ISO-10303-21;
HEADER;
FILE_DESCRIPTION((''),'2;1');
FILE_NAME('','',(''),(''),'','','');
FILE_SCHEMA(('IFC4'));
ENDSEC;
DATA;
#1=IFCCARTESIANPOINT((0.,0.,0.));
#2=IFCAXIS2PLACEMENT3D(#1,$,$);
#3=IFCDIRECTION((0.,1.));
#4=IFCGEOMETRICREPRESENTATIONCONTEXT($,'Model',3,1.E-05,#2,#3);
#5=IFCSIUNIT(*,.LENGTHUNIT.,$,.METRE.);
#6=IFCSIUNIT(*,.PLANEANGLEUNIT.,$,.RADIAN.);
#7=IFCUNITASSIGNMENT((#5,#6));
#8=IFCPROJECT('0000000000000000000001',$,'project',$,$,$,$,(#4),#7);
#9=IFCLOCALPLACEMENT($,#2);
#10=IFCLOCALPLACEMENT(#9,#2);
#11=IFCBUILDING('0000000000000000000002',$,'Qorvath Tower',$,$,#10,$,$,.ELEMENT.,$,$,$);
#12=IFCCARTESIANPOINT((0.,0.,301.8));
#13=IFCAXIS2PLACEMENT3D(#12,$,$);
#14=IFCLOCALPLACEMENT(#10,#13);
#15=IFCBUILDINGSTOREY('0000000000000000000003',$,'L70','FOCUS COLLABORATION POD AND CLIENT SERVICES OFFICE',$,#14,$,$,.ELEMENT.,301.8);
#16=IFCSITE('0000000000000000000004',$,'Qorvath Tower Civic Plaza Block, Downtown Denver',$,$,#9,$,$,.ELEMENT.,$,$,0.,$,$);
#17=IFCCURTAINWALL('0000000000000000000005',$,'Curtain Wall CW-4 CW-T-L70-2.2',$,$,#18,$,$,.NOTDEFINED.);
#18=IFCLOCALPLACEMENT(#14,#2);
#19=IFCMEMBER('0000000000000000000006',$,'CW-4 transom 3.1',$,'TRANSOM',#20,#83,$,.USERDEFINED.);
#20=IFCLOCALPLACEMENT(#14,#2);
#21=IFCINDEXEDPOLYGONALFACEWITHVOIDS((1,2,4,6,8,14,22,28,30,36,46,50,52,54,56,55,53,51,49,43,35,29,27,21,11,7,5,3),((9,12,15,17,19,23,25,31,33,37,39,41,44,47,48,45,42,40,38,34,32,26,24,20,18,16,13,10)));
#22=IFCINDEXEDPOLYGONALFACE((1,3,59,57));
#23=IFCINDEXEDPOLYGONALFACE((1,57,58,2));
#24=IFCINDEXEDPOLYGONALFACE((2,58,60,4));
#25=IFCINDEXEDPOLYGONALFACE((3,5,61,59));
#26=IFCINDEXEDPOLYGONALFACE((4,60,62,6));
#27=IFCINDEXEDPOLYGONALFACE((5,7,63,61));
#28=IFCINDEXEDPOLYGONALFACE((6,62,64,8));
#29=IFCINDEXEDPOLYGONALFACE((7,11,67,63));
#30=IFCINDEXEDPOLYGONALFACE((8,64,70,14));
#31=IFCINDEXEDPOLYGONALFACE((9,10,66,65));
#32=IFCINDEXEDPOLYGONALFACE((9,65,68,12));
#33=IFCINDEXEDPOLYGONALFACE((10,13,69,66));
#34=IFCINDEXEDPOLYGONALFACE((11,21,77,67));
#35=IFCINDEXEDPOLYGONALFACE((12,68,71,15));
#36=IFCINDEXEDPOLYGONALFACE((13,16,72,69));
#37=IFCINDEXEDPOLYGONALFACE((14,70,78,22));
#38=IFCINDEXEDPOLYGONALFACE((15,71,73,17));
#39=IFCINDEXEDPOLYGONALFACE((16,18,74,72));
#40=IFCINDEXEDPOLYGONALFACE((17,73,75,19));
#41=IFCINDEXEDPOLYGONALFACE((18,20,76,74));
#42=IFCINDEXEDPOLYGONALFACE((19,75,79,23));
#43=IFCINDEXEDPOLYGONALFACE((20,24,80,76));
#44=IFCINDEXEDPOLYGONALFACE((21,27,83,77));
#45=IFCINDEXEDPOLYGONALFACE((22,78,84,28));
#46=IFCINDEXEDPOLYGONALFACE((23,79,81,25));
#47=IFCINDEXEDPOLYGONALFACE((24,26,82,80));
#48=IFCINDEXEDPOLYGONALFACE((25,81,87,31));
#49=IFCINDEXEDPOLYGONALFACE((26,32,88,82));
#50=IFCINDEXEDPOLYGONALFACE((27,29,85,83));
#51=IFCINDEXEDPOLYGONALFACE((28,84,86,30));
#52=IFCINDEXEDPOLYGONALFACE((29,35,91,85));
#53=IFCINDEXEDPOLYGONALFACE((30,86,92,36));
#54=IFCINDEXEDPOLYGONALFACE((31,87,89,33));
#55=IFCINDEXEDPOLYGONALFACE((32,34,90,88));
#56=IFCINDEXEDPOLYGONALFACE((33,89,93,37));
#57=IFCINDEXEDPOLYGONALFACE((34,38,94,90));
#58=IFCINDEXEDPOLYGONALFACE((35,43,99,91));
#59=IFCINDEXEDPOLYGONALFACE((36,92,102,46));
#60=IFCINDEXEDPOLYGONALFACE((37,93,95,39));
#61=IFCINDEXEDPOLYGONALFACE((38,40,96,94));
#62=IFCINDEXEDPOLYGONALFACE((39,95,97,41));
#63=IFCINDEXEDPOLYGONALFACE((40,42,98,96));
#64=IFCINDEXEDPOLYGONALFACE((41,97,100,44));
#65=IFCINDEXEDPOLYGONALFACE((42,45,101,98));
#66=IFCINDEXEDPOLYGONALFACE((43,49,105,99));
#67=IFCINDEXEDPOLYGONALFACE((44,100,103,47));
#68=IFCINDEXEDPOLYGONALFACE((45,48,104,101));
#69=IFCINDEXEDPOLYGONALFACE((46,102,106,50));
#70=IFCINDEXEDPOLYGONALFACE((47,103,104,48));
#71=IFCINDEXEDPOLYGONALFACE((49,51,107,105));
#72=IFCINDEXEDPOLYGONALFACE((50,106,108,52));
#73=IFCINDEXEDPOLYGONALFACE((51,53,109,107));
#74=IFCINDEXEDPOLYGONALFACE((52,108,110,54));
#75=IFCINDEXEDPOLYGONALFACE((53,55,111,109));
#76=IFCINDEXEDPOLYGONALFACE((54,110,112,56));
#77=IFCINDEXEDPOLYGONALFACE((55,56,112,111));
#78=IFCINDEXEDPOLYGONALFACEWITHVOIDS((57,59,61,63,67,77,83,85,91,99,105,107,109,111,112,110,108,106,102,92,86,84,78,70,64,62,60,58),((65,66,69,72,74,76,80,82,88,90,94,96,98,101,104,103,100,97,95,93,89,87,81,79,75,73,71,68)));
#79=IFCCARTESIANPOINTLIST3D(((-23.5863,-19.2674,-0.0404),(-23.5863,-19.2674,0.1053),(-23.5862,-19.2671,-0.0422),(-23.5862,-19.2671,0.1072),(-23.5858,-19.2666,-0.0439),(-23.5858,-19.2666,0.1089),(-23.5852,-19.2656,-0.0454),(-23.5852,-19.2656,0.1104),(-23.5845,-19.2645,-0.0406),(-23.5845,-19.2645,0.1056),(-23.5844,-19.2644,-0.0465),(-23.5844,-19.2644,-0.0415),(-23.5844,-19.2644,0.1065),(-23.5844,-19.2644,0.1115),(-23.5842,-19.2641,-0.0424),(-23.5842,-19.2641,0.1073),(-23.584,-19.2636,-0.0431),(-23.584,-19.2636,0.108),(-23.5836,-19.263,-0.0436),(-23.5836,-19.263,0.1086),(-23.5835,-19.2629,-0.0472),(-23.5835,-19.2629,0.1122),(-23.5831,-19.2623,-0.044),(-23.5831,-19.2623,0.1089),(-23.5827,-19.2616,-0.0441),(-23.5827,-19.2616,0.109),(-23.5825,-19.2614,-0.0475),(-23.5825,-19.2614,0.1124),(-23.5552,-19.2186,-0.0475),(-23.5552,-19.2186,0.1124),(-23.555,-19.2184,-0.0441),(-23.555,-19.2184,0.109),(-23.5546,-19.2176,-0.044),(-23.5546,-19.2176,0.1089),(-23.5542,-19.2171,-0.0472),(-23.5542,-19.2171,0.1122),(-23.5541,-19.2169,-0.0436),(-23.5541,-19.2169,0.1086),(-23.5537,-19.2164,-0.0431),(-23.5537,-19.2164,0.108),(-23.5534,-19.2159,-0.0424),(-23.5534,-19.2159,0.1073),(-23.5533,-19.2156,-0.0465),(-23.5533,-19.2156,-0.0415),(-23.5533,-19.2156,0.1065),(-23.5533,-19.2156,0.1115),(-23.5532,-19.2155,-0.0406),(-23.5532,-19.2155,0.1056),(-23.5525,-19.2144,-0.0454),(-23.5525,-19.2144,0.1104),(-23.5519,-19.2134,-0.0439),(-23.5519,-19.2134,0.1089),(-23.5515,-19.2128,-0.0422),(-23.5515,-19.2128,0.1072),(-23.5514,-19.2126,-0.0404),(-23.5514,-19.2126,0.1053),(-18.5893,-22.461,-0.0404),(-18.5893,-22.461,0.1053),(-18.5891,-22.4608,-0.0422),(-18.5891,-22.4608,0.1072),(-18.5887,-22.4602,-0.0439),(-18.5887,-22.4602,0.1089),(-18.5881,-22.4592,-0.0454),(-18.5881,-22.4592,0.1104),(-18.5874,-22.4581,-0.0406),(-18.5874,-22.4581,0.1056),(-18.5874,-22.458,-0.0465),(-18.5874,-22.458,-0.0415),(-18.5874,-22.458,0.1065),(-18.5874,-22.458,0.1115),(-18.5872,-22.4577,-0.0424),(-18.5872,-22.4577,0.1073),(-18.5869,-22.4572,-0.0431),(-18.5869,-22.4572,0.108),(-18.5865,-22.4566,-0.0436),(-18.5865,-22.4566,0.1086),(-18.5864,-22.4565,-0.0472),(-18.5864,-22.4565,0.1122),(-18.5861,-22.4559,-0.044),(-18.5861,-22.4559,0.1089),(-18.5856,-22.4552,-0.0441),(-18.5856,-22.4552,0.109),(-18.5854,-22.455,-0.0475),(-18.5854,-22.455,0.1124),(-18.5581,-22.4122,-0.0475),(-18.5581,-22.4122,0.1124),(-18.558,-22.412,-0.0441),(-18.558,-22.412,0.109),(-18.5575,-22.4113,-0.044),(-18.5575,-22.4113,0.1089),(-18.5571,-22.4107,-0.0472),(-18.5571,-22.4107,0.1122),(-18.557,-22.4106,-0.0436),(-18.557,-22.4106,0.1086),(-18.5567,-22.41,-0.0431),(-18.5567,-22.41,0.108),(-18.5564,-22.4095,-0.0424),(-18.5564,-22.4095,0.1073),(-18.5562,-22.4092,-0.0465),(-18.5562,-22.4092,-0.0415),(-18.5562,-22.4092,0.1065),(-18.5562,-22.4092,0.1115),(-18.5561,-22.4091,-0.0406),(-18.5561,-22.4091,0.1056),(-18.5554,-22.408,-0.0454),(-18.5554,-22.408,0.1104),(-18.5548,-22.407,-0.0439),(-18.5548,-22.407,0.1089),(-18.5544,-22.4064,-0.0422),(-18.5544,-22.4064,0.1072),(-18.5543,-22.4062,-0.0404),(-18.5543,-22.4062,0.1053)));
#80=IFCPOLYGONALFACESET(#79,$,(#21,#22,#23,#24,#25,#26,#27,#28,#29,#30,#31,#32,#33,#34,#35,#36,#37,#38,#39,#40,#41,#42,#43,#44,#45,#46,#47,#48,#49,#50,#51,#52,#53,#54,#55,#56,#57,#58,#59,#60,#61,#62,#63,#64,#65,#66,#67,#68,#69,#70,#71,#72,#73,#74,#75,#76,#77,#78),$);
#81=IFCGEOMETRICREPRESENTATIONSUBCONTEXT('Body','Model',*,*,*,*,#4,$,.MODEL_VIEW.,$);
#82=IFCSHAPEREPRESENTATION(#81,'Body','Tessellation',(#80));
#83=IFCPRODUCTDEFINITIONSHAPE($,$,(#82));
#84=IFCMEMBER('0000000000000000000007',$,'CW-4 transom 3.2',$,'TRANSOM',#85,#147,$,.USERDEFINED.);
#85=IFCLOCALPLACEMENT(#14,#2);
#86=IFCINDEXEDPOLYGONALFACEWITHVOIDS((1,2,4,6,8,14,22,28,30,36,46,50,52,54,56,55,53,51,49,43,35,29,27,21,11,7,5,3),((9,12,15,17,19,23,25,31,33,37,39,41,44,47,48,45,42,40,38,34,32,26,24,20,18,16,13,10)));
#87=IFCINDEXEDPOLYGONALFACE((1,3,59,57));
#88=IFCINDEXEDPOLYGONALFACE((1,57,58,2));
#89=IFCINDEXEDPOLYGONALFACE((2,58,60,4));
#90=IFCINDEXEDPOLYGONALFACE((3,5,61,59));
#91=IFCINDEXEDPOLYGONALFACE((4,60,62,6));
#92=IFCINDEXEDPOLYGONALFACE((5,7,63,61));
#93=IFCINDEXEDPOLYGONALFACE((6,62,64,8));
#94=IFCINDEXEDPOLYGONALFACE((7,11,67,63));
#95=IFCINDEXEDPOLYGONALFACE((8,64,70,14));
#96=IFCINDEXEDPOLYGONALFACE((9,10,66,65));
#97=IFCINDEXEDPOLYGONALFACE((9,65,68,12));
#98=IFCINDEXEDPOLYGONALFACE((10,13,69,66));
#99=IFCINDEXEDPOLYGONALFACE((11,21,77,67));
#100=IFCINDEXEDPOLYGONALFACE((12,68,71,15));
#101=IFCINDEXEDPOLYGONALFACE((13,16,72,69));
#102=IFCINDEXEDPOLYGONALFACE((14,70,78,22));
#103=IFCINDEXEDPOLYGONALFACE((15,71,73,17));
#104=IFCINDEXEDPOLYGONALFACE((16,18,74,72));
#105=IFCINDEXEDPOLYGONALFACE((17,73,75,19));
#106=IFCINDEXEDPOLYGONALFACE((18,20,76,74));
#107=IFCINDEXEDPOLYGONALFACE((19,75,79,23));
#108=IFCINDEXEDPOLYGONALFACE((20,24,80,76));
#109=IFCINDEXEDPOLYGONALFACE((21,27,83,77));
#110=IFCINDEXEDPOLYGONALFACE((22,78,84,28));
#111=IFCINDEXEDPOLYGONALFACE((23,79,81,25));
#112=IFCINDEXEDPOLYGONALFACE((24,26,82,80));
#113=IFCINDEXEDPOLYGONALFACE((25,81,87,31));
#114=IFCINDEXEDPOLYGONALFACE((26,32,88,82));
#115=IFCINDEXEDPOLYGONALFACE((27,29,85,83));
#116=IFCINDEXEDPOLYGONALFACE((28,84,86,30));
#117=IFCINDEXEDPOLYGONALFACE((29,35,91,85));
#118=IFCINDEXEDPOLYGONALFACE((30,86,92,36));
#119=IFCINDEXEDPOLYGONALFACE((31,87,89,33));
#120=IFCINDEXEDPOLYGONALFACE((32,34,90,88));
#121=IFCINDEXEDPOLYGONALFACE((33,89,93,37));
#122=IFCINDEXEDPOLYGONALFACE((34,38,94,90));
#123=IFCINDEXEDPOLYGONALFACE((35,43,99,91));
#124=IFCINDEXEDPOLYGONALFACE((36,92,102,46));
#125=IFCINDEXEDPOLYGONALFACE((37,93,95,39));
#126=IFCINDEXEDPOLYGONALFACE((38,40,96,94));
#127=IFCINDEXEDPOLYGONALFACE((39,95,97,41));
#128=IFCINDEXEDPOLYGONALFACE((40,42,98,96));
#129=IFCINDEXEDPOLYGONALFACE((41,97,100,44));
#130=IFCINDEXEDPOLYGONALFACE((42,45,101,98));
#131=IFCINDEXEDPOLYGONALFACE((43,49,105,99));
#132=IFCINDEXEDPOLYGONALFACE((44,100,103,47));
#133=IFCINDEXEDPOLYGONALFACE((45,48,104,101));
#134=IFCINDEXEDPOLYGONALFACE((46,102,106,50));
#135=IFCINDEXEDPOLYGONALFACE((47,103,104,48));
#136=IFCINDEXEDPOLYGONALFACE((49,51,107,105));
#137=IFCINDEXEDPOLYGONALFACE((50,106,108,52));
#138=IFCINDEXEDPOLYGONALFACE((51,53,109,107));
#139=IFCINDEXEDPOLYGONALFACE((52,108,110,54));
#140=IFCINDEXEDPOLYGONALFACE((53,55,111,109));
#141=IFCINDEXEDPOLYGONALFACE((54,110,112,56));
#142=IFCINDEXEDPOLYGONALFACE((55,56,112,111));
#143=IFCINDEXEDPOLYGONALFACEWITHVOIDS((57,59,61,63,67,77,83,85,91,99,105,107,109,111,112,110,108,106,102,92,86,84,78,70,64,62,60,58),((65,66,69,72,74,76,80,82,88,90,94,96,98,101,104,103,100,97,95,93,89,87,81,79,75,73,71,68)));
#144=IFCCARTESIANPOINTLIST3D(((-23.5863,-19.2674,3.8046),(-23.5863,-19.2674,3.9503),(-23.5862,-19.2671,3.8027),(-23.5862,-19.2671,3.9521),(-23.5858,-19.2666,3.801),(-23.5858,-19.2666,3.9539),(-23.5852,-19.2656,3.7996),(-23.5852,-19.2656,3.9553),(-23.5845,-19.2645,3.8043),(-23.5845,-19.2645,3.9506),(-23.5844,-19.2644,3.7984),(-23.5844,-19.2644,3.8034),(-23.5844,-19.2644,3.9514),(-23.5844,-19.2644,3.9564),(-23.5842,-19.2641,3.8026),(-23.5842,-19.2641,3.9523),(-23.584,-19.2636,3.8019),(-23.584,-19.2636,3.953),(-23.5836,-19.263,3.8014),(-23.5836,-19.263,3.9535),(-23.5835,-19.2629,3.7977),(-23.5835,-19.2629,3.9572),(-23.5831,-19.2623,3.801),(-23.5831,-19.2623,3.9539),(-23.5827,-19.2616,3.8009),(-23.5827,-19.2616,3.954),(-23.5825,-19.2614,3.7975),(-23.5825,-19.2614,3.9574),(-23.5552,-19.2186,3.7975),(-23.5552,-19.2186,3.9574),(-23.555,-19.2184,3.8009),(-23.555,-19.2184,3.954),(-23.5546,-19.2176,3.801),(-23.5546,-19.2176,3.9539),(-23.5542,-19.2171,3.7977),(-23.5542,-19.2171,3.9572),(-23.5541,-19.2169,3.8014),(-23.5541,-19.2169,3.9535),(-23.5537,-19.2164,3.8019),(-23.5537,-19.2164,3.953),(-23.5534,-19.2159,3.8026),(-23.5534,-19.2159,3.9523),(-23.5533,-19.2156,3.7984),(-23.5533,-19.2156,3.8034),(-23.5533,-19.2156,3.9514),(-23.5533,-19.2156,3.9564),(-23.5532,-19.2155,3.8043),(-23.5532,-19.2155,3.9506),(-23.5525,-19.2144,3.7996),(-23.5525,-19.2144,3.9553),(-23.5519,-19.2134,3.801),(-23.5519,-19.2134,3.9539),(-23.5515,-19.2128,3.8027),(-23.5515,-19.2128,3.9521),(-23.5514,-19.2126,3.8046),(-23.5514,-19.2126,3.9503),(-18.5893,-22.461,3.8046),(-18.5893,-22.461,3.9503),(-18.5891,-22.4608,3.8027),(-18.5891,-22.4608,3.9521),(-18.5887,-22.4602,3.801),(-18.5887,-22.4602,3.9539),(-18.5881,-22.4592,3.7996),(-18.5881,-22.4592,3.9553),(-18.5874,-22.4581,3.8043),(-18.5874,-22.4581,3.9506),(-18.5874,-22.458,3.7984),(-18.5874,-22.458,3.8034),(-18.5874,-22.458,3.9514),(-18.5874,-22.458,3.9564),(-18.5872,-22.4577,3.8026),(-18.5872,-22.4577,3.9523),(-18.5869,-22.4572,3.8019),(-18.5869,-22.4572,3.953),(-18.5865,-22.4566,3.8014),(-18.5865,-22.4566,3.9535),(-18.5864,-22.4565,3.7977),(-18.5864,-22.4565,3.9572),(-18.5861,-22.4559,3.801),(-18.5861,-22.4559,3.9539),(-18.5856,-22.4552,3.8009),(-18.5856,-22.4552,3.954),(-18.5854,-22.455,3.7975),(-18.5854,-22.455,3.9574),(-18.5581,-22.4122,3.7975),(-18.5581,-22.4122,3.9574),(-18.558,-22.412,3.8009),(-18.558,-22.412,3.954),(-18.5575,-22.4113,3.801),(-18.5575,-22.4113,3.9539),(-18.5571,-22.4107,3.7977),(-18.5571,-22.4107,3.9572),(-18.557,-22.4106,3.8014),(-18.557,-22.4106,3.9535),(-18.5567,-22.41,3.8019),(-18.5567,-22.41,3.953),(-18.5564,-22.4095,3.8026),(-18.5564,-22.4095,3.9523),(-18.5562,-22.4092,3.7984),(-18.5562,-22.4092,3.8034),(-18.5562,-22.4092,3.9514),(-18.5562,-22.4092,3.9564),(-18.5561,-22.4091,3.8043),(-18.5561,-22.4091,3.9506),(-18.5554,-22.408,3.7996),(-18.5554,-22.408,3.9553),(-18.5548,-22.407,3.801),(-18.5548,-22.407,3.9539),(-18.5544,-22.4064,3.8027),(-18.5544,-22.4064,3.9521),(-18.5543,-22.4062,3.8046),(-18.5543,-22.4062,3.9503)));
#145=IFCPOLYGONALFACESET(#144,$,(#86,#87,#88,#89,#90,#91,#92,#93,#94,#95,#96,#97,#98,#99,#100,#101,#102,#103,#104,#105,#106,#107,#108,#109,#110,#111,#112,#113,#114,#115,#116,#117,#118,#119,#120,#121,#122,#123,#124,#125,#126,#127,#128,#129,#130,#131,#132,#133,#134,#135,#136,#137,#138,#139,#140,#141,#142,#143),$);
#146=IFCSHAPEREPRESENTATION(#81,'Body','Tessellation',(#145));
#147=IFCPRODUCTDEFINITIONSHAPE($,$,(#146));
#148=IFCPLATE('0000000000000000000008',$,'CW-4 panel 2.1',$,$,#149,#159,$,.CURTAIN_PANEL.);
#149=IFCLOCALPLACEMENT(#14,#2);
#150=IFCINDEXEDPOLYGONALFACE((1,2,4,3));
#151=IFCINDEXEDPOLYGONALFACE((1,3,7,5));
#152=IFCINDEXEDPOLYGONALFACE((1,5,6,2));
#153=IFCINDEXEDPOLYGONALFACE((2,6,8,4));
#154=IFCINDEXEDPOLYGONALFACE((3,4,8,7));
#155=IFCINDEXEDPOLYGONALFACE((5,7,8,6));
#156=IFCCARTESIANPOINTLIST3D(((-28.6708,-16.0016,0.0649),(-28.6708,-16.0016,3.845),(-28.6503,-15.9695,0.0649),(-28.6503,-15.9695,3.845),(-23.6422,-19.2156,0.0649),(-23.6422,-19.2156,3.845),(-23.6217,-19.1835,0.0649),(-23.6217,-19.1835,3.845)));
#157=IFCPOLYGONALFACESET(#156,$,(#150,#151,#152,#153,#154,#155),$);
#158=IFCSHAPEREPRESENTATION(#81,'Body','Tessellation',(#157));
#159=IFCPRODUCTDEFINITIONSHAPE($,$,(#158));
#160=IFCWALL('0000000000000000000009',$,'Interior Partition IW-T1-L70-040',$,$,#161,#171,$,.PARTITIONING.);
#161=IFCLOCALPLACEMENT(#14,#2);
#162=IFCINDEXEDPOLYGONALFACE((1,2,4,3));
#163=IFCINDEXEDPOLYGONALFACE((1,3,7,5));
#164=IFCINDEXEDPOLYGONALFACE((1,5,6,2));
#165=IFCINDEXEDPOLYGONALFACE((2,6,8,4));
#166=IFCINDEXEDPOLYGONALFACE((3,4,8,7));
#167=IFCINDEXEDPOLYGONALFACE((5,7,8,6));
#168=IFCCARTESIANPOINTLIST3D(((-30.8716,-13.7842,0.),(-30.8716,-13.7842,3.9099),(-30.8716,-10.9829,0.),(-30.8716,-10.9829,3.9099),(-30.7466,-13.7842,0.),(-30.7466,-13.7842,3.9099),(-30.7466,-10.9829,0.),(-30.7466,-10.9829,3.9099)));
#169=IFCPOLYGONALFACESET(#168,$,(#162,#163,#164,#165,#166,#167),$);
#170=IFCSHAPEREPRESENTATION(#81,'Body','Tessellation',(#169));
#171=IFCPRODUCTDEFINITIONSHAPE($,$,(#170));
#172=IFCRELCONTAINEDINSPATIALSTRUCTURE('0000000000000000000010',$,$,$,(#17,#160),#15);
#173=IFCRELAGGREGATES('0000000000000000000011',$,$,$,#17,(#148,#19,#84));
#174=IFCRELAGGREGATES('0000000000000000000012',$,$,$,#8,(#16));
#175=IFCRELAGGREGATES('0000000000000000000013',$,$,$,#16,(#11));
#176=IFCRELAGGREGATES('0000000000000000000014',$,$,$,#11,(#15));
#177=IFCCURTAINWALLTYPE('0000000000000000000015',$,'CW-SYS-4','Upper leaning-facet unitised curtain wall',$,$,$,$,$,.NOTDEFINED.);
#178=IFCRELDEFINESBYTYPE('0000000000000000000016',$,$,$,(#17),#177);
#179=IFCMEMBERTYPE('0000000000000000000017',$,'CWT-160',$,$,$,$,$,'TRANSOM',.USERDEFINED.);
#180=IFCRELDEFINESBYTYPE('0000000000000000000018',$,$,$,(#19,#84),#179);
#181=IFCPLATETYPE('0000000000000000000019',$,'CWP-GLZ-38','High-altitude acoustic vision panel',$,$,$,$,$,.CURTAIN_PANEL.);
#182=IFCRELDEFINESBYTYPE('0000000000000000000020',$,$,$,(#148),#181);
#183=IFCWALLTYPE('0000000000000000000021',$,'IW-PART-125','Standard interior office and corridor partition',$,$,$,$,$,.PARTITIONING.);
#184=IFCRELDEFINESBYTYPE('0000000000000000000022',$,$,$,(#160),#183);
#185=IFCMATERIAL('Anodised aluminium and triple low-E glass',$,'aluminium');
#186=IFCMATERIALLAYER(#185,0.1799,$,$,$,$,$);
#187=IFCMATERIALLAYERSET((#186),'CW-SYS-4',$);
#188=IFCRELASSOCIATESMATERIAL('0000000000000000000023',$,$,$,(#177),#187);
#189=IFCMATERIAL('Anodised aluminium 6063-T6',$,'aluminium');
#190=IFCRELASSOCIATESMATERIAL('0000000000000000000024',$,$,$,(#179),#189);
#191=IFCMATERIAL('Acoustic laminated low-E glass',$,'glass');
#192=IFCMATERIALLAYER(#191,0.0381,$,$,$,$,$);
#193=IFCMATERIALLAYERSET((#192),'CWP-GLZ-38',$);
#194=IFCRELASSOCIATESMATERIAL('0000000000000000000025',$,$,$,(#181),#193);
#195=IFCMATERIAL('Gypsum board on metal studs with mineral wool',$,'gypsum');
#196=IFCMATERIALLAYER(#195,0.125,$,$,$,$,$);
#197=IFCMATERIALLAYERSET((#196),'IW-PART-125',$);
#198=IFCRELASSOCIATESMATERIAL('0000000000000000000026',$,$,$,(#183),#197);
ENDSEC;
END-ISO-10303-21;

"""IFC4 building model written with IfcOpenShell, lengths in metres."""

from ifc_helpers import new_model, si_unit, direction, frame, frame_2d, origin, origin_2d, place, context, subcontext, project, spatial, rectangle, hollow_rectangle, extrude, material, layer, layer_set, material_profile, profile_set, type_object, element, aggregate, save


model = new_model("IFC4")

# Units and contexts
model_context = context("Model", 3, precision=1e-05, world=origin(), true_north=direction((0.0, 1.0)))
body_context = subcontext(model_context, "Body", "Model", "MODEL_VIEW")
ifc_project = project(units=[si_unit("LENGTHUNIT", "METRE"), si_unit("PLANEANGLEUNIT", "RADIAN")], contexts=[model_context])

# Site, building, storey
site_placement = place(None, origin())
site = spatial("IfcSite", under=ifc_project, at=site_placement, Name="Qorvath Tower Civic Plaza Block, Downtown Denver", CompositionType="ELEMENT", RefElevation=0.0)
building_placement = place(site_placement, origin())
building = spatial("IfcBuilding", under=site, at=building_placement, Name="Qorvath Tower", CompositionType="ELEMENT")
storey_placement = place(building_placement, frame((0.0, 0.0, 301.8)))
storey = spatial("IfcBuildingStorey", under=building, at=storey_placement, Name="L70", Description="FOCUS COLLABORATION POD AND CLIENT SERVICES OFFICE", CompositionType="ELEMENT", Elevation=301.8)

# Curtain wall, members, plate
ifc_material_1 = material(Name="Anodised aluminium and triple low-E glass", Category="aluminium")
ifc_layer_1 = layer(ifc_material_1, 0.1799)
ifc_layer_set_1 = layer_set([ifc_layer_1], Name="CW-SYS-4")
curtain_wall_type = type_object("IfcCurtainWallType", Name="CW-SYS-4", Description="Upper leaning-facet unitised curtain wall", PredefinedType="NOTDEFINED", material=ifc_layer_set_1)
curtain_wall_placement = place(storey_placement, origin())
curtain_wall = element("IfcCurtainWall", 1, at=curtain_wall_placement, inside=storey, type_object=curtain_wall_type, Name="Curtain Wall CW-4 CW-T-L70-2.2", PredefinedType="NOTDEFINED")
ifc_material_2 = material(Name="Anodised aluminium 6063-T6", Category="aluminium")
ifc_material_profile_1 = material_profile(ifc_material_2, hollow_rectangle(XDim=0.0649, YDim=0.1599, WallThickness=0.0034, InnerFilletRadius=0.0034, OuterFilletRadius=0.0071, at=origin_2d()), Name="CWT 160x65")
ifc_profile_set_1 = profile_set([ifc_material_profile_1], Name="Anodised aluminium 6063-T6")
member_type_1 = type_object("IfcMemberType", Name="CWT-160", ElementType="TRANSOM", PredefinedType="USERDEFINED", material=ifc_profile_set_1)
member_1_placement = place(storey_placement, frame((-23.5688, -19.24, 0.0325), z_axis=(0.842617, -0.538513, 0.0), x_axis=(0.538513, 0.842617, 0.0)))
member_1 = element("IfcMember", 2, at=member_1_placement, type_object=member_type_1, Name="CW-4 transom 3.1", ObjectType="TRANSOM", PredefinedType="USERDEFINED", context=body_context, shape_type="SweptSolid", body=[
    extrude(hollow_rectangle(XDim=0.0649, YDim=0.1599, WallThickness=0.0034, InnerFilletRadius=0.0034, OuterFilletRadius=0.0071, at=origin_2d()), origin(), (0.0, 0.0, 1.0), 5.9304),
])
member_2_placement = place(storey_placement, frame((-23.5688, -19.24, 3.8774), z_axis=(0.842617, -0.538513, 0.0), x_axis=(0.538513, 0.842617, 0.0)))
member_2 = element("IfcMember", 3, at=member_2_placement, type_object=member_type_1, Name="CW-4 transom 3.2", ObjectType="TRANSOM", PredefinedType="USERDEFINED", context=body_context, shape_type="SweptSolid", body=[
    extrude(hollow_rectangle(XDim=0.0649, YDim=0.1599, WallThickness=0.0034, InnerFilletRadius=0.0034, OuterFilletRadius=0.0071, at=origin_2d()), origin(), (0.0, 0.0, 1.0), 5.9304),
])
ifc_material_3 = material(Name="Acoustic laminated low-E glass", Category="glass")
ifc_layer_2 = layer(ifc_material_3, 0.0381)
ifc_layer_set_2 = layer_set([ifc_layer_2], Name="CWP-GLZ-38")
plate_type = type_object("IfcPlateType", Name="CWP-GLZ-38", Description="High-altitude acoustic vision panel", PredefinedType="CURTAIN_PANEL", material=ifc_layer_set_2)
plate_placement = place(storey_placement, frame((-26.1462, -17.5925, 0.0649), z_axis=(0.0, 0.0, 1.0), x_axis=(0.842603, -0.538535, 0.0)))
plate = element("IfcPlate", 4, at=plate_placement, type_object=plate_type, Name="CW-4 panel 2.1", PredefinedType="CURTAIN_PANEL", context=body_context, shape_type="SweptSolid", body=[
    extrude(rectangle(XDim=5.968, YDim=0.0381, at=origin_2d()), origin(), (0.0, 0.0, 1.0), 3.78),
])
aggregate(curtain_wall, [plate, member_1, member_2])

# Wall
ifc_material_4 = material(Name="Gypsum board on metal studs with mineral wool", Category="gypsum")
ifc_layer_3 = layer(ifc_material_4, 0.125)
ifc_layer_set_3 = layer_set([ifc_layer_3], Name="IW-PART-125")
wall_type_1 = type_object("IfcWallType", Name="IW-PART-125", Description="Standard interior office and corridor partition", PredefinedType="PARTITIONING", material=ifc_layer_set_3)
wall_1_placement = place(storey_placement, frame((-30.8091, -13.7842, 0.0), z_axis=(0.0, 0.0, 1.0), x_axis=(0.0, 1.0, 0.0)))
element("IfcWall", 5, at=wall_1_placement, inside=storey, type_object=wall_type_1, Name="Interior Partition IW-T1-L70-040", PredefinedType="PARTITIONING", context=body_context, shape_type="SweptSolid", body=[
    extrude(rectangle(XDim=2.8013, YDim=0.125, at=frame_2d((1.4006, 0.0))), origin(), (0.0, 0.0, 1.0), 3.9099),
])

save(model, "model.ifc")
